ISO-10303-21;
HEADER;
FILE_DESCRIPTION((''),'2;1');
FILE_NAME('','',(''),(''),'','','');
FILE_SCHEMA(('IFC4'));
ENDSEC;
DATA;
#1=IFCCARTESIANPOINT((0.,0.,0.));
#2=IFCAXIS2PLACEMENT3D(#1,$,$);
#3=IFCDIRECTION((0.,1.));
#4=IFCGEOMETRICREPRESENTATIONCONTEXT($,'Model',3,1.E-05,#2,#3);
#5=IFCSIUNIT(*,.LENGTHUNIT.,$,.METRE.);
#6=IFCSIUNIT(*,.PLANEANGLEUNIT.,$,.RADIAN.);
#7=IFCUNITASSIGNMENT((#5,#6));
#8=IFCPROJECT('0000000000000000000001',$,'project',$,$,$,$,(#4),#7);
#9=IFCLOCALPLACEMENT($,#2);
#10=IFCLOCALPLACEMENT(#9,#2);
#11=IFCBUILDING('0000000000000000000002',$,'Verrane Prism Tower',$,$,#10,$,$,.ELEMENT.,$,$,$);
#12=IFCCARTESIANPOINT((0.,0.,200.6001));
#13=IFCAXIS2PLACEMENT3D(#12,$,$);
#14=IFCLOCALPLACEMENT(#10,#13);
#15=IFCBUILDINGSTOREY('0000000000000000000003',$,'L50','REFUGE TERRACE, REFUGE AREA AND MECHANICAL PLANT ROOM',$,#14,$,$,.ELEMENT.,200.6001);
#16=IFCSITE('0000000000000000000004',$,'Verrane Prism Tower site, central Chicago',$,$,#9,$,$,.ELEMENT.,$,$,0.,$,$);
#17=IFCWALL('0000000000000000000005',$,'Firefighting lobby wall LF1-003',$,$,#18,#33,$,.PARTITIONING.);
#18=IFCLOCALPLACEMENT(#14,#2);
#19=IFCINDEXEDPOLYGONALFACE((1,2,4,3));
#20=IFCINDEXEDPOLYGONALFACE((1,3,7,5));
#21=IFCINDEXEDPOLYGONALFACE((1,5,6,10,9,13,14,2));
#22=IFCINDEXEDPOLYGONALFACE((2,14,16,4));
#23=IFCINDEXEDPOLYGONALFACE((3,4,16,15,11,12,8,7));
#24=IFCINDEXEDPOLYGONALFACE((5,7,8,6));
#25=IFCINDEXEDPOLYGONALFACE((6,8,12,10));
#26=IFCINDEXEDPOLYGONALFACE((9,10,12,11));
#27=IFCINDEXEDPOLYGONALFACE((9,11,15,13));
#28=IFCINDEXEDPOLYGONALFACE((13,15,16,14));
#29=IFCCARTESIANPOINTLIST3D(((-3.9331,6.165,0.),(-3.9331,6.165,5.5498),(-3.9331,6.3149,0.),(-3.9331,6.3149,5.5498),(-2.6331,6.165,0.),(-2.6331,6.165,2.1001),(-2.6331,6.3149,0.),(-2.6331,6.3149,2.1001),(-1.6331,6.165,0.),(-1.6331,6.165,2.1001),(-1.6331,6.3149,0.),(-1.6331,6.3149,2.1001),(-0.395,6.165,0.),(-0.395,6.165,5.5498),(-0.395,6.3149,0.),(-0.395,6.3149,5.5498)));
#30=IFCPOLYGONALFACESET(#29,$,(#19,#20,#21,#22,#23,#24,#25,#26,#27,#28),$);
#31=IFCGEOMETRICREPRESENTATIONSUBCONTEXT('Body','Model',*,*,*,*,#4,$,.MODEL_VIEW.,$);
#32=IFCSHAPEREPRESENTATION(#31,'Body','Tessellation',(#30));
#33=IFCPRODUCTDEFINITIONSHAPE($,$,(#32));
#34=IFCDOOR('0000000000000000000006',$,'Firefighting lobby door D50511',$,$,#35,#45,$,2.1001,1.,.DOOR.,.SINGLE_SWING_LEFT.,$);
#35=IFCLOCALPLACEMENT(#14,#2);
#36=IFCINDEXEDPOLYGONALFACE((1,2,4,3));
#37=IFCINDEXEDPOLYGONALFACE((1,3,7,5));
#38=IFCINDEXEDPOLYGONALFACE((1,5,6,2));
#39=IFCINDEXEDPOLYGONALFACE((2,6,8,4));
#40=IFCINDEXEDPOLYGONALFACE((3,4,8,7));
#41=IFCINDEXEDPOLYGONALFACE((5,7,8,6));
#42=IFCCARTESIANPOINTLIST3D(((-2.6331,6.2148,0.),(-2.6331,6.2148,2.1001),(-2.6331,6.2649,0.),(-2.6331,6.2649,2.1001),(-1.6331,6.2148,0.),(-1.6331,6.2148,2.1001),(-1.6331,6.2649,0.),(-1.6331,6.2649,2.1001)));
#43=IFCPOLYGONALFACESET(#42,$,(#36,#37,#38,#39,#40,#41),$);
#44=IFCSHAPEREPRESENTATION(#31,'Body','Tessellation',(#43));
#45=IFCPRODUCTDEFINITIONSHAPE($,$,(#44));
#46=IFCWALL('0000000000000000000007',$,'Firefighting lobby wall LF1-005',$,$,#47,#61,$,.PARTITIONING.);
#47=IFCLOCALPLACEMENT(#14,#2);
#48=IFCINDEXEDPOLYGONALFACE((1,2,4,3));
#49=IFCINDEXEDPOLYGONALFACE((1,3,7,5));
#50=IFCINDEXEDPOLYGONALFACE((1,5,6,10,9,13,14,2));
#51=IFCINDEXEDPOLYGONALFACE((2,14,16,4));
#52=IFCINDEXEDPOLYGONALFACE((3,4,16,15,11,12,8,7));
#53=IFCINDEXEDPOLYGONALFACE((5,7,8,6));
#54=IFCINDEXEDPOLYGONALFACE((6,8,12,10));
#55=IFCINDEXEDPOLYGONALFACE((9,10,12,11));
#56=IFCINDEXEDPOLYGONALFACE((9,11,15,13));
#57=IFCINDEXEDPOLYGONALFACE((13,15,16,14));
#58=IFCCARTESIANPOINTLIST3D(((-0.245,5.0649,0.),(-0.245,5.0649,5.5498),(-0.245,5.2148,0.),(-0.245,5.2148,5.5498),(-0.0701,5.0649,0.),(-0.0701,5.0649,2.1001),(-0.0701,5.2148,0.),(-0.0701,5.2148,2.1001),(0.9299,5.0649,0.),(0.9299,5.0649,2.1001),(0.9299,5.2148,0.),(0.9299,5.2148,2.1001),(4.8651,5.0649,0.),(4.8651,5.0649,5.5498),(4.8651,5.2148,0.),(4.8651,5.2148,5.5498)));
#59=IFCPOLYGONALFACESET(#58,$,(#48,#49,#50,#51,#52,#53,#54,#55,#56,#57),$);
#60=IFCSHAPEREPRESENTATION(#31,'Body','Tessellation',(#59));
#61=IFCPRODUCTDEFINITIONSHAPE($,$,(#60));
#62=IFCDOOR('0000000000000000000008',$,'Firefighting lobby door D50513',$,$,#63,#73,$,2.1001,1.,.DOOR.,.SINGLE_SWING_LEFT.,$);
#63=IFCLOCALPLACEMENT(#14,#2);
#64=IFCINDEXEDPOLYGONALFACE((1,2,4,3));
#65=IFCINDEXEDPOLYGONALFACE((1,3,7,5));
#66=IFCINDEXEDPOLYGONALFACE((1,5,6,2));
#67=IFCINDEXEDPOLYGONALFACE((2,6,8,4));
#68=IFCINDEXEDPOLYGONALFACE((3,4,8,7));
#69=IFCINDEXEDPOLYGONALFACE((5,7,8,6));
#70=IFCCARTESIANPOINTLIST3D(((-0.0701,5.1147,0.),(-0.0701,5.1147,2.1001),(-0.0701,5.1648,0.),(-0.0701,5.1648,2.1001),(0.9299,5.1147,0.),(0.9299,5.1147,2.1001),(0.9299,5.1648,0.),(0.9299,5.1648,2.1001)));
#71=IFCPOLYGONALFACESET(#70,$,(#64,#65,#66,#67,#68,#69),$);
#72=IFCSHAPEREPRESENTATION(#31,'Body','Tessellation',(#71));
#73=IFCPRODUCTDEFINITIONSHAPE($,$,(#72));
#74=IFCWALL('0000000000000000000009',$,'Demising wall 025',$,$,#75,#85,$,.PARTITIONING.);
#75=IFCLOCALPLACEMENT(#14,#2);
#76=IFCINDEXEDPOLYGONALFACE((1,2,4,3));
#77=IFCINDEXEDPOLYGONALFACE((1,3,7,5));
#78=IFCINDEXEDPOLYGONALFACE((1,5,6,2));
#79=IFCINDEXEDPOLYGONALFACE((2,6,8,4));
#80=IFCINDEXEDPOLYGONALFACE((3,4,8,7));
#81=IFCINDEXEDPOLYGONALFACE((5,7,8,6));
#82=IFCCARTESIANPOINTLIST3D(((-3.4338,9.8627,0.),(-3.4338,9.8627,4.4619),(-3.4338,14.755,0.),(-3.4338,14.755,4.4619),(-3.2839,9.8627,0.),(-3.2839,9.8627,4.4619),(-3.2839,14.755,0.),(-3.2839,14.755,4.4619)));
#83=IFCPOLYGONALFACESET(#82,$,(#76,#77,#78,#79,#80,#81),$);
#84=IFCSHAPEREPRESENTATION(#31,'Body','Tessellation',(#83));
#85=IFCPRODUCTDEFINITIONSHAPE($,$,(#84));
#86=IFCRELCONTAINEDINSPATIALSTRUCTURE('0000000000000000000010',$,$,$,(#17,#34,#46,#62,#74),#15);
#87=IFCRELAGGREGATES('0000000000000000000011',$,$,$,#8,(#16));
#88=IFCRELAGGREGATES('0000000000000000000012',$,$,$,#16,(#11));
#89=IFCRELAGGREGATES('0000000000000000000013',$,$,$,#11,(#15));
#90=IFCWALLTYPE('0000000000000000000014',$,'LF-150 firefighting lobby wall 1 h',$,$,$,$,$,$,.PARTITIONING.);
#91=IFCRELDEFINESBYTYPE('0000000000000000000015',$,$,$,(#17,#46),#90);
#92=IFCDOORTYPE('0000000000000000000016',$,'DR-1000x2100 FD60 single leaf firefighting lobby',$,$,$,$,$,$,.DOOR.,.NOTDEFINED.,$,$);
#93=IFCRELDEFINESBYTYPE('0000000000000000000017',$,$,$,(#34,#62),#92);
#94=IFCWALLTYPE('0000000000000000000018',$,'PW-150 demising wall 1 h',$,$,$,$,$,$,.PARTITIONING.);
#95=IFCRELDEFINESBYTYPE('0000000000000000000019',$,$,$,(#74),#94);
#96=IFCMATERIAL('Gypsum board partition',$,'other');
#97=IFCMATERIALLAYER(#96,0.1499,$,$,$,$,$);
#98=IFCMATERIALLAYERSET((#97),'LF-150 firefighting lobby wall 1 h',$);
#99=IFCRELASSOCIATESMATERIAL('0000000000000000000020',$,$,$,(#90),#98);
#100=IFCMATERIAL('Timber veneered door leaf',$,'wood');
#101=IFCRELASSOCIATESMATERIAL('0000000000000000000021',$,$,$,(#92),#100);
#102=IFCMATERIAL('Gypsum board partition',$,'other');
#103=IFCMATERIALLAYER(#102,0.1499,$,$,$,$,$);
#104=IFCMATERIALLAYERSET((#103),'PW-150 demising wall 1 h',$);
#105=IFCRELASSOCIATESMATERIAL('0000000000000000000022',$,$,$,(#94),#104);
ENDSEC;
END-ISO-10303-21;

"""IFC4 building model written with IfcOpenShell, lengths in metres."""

from ifc_helpers import new_model, si_unit, direction, frame, frame_2d, origin, place, context, subcontext, project, spatial, rectangle, extrude, material, layer, layer_set, type_object, element, fill, save


model = new_model("IFC4")

# Units and contexts
model_context = context("Model", 3, precision=1e-05, world=origin(), true_north=direction((0.0, 1.0)))
body_context = subcontext(model_context, "Body", "Model", "MODEL_VIEW")
ifc_project = project(units=[si_unit("LENGTHUNIT", "METRE"), si_unit("PLANEANGLEUNIT", "RADIAN")], contexts=[model_context])

# Site, building, storey
site_placement = place(None, origin())
site = spatial("IfcSite", under=ifc_project, at=site_placement, Name="Verrane Prism Tower site, central Chicago", CompositionType="ELEMENT", RefElevation=0.0)
building_placement = place(site_placement, origin())
building = spatial("IfcBuilding", under=site, at=building_placement, Name="Verrane Prism Tower", CompositionType="ELEMENT")
storey_placement = place(building_placement, frame((0.0, 0.0, 200.6001)))
storey = spatial("IfcBuildingStorey", under=building, at=storey_placement, Name="L50", Description="REFUGE TERRACE, REFUGE AREA AND MECHANICAL PLANT ROOM", CompositionType="ELEMENT", Elevation=200.6001)

# Walls, openings, doors
ifc_material_1 = material(Name="Gypsum board partition", Category="other")
ifc_layer_1 = layer(ifc_material_1, 0.1499)
ifc_layer_set_1 = layer_set([ifc_layer_1], Name="LF-150 firefighting lobby wall 1 h")
wall_type_1 = type_object("IfcWallType", Name="LF-150 firefighting lobby wall 1 h", PredefinedType="PARTITIONING", material=ifc_layer_set_1)
wall_1_placement = place(storey_placement, frame((-3.9331, 6.24, 0.0), z_axis=(0.0, 0.0, 1.0), x_axis=(1.0, 0.0, 0.0)))
wall_1 = element("IfcWall", 1, at=wall_1_placement, inside=storey, type_object=wall_type_1, Name="Firefighting lobby wall LF1-003", PredefinedType="PARTITIONING", context=body_context, shape_type="SweptSolid", body=[
    extrude(rectangle(XDim=3.5381, YDim=0.1499, at=frame_2d((1.769, 0.0))), origin(), (0.0, 0.0, 1.0), 5.5498),
])
opening_1_placement = place(wall_1_placement, frame((1.3, 0.0, 0.0)))
opening_1 = element("IfcOpeningElement", 2, at=opening_1_placement, cuts=wall_1, PredefinedType="OPENING", context=body_context, shape_type="SweptSolid", body=[
    extrude(rectangle(XDim=1.0, YDim=2.1001, at=frame_2d((0.5, 1.05))), frame((0.0, 0.085, 0.0), z_axis=(0.0, -1.0, 0.0), x_axis=(1.0, 0.0, 0.0)), (0.0, 0.0, 1.0), 0.1699),
])
ifc_material_2 = material(Name="Timber veneered door leaf", Category="wood")
door_type = type_object("IfcDoorType", Name="DR-1000x2100 FD60 single leaf firefighting lobby", OperationType="NOTDEFINED", PredefinedType="DOOR", material=ifc_material_2)
door_1_placement = place(opening_1_placement, origin())
door_1 = element("IfcDoor", 3, at=door_1_placement, inside=storey, type_object=door_type, Name="Firefighting lobby door D50511", OperationType="SINGLE_SWING_LEFT", OverallHeight=2.1001, OverallWidth=1.0, PredefinedType="DOOR", context=body_context, shape_type="SweptSolid", body=[
    extrude(rectangle(XDim=1.0, YDim=2.1001, at=frame_2d((0.5, 1.05))), frame((0.0, 0.0249, 0.0), z_axis=(0.0, -1.0, 0.0), x_axis=(1.0, 0.0, 0.0)), (0.0, 0.0, 1.0), 0.05),
])
fill(opening_1, door_1)
wall_2_placement = place(storey_placement, frame((-0.2451, 5.1399, 0.0), z_axis=(0.0, 0.0, 1.0), x_axis=(1.0, 0.0, 0.0)))
wall_2 = element("IfcWall", 4, at=wall_2_placement, inside=storey, type_object=wall_type_1, Name="Firefighting lobby wall LF1-005", PredefinedType="PARTITIONING", context=body_context, shape_type="SweptSolid", body=[
    extrude(rectangle(XDim=5.1101, YDim=0.1499, at=frame_2d((2.5552, 0.0))), origin(), (0.0, 0.0, 1.0), 5.5498),
])
opening_2_placement = place(wall_2_placement, frame((0.175, 0.0, 0.0)))
opening_2 = element("IfcOpeningElement", 5, at=opening_2_placement, cuts=wall_2, PredefinedType="OPENING", context=body_context, shape_type="SweptSolid", body=[
    extrude(rectangle(XDim=1.0, YDim=2.1001, at=frame_2d((0.5, 1.05))), frame((0.0, 0.085, 0.0), z_axis=(0.0, -1.0, 0.0), x_axis=(1.0, 0.0, 0.0)), (0.0, 0.0, 1.0), 0.1699),
])
door_2_placement = place(opening_2_placement, origin())
door_2 = element("IfcDoor", 6, at=door_2_placement, inside=storey, type_object=door_type, Name="Firefighting lobby door D50513", OperationType="SINGLE_SWING_LEFT", OverallHeight=2.1001, OverallWidth=1.0, PredefinedType="DOOR", context=body_context, shape_type="SweptSolid", body=[
    extrude(rectangle(XDim=1.0, YDim=2.1001, at=frame_2d((0.5, 1.05))), frame((0.0, 0.0249, 0.0), z_axis=(0.0, -1.0, 0.0), x_axis=(1.0, 0.0, 0.0)), (0.0, 0.0, 1.0), 0.05),
])
fill(opening_2, door_2)

# Wall
ifc_material_3 = material(Name="Gypsum board partition", Category="other")
ifc_layer_2 = layer(ifc_material_3, 0.1499)
ifc_layer_set_2 = layer_set([ifc_layer_2], Name="PW-150 demising wall 1 h")
wall_type_2 = type_object("IfcWallType", Name="PW-150 demising wall 1 h", PredefinedType="PARTITIONING", material=ifc_layer_set_2)
wall_3_placement = place(storey_placement, frame((-3.3589, 9.8625, 0.0), z_axis=(0.0, 0.0, 1.0), x_axis=(0.0, 1.0, 0.0)))
element("IfcWall", 7, at=wall_3_placement, inside=storey, type_object=wall_type_2, Name="Demising wall 025", PredefinedType="PARTITIONING", context=body_context, shape_type="SweptSolid", body=[
    extrude(rectangle(XDim=4.8923, YDim=0.1499, at=frame_2d((2.4463, 0.0))), origin(), (0.0, 0.0, 1.0), 4.4619),
])

save(model, "model.ifc")
